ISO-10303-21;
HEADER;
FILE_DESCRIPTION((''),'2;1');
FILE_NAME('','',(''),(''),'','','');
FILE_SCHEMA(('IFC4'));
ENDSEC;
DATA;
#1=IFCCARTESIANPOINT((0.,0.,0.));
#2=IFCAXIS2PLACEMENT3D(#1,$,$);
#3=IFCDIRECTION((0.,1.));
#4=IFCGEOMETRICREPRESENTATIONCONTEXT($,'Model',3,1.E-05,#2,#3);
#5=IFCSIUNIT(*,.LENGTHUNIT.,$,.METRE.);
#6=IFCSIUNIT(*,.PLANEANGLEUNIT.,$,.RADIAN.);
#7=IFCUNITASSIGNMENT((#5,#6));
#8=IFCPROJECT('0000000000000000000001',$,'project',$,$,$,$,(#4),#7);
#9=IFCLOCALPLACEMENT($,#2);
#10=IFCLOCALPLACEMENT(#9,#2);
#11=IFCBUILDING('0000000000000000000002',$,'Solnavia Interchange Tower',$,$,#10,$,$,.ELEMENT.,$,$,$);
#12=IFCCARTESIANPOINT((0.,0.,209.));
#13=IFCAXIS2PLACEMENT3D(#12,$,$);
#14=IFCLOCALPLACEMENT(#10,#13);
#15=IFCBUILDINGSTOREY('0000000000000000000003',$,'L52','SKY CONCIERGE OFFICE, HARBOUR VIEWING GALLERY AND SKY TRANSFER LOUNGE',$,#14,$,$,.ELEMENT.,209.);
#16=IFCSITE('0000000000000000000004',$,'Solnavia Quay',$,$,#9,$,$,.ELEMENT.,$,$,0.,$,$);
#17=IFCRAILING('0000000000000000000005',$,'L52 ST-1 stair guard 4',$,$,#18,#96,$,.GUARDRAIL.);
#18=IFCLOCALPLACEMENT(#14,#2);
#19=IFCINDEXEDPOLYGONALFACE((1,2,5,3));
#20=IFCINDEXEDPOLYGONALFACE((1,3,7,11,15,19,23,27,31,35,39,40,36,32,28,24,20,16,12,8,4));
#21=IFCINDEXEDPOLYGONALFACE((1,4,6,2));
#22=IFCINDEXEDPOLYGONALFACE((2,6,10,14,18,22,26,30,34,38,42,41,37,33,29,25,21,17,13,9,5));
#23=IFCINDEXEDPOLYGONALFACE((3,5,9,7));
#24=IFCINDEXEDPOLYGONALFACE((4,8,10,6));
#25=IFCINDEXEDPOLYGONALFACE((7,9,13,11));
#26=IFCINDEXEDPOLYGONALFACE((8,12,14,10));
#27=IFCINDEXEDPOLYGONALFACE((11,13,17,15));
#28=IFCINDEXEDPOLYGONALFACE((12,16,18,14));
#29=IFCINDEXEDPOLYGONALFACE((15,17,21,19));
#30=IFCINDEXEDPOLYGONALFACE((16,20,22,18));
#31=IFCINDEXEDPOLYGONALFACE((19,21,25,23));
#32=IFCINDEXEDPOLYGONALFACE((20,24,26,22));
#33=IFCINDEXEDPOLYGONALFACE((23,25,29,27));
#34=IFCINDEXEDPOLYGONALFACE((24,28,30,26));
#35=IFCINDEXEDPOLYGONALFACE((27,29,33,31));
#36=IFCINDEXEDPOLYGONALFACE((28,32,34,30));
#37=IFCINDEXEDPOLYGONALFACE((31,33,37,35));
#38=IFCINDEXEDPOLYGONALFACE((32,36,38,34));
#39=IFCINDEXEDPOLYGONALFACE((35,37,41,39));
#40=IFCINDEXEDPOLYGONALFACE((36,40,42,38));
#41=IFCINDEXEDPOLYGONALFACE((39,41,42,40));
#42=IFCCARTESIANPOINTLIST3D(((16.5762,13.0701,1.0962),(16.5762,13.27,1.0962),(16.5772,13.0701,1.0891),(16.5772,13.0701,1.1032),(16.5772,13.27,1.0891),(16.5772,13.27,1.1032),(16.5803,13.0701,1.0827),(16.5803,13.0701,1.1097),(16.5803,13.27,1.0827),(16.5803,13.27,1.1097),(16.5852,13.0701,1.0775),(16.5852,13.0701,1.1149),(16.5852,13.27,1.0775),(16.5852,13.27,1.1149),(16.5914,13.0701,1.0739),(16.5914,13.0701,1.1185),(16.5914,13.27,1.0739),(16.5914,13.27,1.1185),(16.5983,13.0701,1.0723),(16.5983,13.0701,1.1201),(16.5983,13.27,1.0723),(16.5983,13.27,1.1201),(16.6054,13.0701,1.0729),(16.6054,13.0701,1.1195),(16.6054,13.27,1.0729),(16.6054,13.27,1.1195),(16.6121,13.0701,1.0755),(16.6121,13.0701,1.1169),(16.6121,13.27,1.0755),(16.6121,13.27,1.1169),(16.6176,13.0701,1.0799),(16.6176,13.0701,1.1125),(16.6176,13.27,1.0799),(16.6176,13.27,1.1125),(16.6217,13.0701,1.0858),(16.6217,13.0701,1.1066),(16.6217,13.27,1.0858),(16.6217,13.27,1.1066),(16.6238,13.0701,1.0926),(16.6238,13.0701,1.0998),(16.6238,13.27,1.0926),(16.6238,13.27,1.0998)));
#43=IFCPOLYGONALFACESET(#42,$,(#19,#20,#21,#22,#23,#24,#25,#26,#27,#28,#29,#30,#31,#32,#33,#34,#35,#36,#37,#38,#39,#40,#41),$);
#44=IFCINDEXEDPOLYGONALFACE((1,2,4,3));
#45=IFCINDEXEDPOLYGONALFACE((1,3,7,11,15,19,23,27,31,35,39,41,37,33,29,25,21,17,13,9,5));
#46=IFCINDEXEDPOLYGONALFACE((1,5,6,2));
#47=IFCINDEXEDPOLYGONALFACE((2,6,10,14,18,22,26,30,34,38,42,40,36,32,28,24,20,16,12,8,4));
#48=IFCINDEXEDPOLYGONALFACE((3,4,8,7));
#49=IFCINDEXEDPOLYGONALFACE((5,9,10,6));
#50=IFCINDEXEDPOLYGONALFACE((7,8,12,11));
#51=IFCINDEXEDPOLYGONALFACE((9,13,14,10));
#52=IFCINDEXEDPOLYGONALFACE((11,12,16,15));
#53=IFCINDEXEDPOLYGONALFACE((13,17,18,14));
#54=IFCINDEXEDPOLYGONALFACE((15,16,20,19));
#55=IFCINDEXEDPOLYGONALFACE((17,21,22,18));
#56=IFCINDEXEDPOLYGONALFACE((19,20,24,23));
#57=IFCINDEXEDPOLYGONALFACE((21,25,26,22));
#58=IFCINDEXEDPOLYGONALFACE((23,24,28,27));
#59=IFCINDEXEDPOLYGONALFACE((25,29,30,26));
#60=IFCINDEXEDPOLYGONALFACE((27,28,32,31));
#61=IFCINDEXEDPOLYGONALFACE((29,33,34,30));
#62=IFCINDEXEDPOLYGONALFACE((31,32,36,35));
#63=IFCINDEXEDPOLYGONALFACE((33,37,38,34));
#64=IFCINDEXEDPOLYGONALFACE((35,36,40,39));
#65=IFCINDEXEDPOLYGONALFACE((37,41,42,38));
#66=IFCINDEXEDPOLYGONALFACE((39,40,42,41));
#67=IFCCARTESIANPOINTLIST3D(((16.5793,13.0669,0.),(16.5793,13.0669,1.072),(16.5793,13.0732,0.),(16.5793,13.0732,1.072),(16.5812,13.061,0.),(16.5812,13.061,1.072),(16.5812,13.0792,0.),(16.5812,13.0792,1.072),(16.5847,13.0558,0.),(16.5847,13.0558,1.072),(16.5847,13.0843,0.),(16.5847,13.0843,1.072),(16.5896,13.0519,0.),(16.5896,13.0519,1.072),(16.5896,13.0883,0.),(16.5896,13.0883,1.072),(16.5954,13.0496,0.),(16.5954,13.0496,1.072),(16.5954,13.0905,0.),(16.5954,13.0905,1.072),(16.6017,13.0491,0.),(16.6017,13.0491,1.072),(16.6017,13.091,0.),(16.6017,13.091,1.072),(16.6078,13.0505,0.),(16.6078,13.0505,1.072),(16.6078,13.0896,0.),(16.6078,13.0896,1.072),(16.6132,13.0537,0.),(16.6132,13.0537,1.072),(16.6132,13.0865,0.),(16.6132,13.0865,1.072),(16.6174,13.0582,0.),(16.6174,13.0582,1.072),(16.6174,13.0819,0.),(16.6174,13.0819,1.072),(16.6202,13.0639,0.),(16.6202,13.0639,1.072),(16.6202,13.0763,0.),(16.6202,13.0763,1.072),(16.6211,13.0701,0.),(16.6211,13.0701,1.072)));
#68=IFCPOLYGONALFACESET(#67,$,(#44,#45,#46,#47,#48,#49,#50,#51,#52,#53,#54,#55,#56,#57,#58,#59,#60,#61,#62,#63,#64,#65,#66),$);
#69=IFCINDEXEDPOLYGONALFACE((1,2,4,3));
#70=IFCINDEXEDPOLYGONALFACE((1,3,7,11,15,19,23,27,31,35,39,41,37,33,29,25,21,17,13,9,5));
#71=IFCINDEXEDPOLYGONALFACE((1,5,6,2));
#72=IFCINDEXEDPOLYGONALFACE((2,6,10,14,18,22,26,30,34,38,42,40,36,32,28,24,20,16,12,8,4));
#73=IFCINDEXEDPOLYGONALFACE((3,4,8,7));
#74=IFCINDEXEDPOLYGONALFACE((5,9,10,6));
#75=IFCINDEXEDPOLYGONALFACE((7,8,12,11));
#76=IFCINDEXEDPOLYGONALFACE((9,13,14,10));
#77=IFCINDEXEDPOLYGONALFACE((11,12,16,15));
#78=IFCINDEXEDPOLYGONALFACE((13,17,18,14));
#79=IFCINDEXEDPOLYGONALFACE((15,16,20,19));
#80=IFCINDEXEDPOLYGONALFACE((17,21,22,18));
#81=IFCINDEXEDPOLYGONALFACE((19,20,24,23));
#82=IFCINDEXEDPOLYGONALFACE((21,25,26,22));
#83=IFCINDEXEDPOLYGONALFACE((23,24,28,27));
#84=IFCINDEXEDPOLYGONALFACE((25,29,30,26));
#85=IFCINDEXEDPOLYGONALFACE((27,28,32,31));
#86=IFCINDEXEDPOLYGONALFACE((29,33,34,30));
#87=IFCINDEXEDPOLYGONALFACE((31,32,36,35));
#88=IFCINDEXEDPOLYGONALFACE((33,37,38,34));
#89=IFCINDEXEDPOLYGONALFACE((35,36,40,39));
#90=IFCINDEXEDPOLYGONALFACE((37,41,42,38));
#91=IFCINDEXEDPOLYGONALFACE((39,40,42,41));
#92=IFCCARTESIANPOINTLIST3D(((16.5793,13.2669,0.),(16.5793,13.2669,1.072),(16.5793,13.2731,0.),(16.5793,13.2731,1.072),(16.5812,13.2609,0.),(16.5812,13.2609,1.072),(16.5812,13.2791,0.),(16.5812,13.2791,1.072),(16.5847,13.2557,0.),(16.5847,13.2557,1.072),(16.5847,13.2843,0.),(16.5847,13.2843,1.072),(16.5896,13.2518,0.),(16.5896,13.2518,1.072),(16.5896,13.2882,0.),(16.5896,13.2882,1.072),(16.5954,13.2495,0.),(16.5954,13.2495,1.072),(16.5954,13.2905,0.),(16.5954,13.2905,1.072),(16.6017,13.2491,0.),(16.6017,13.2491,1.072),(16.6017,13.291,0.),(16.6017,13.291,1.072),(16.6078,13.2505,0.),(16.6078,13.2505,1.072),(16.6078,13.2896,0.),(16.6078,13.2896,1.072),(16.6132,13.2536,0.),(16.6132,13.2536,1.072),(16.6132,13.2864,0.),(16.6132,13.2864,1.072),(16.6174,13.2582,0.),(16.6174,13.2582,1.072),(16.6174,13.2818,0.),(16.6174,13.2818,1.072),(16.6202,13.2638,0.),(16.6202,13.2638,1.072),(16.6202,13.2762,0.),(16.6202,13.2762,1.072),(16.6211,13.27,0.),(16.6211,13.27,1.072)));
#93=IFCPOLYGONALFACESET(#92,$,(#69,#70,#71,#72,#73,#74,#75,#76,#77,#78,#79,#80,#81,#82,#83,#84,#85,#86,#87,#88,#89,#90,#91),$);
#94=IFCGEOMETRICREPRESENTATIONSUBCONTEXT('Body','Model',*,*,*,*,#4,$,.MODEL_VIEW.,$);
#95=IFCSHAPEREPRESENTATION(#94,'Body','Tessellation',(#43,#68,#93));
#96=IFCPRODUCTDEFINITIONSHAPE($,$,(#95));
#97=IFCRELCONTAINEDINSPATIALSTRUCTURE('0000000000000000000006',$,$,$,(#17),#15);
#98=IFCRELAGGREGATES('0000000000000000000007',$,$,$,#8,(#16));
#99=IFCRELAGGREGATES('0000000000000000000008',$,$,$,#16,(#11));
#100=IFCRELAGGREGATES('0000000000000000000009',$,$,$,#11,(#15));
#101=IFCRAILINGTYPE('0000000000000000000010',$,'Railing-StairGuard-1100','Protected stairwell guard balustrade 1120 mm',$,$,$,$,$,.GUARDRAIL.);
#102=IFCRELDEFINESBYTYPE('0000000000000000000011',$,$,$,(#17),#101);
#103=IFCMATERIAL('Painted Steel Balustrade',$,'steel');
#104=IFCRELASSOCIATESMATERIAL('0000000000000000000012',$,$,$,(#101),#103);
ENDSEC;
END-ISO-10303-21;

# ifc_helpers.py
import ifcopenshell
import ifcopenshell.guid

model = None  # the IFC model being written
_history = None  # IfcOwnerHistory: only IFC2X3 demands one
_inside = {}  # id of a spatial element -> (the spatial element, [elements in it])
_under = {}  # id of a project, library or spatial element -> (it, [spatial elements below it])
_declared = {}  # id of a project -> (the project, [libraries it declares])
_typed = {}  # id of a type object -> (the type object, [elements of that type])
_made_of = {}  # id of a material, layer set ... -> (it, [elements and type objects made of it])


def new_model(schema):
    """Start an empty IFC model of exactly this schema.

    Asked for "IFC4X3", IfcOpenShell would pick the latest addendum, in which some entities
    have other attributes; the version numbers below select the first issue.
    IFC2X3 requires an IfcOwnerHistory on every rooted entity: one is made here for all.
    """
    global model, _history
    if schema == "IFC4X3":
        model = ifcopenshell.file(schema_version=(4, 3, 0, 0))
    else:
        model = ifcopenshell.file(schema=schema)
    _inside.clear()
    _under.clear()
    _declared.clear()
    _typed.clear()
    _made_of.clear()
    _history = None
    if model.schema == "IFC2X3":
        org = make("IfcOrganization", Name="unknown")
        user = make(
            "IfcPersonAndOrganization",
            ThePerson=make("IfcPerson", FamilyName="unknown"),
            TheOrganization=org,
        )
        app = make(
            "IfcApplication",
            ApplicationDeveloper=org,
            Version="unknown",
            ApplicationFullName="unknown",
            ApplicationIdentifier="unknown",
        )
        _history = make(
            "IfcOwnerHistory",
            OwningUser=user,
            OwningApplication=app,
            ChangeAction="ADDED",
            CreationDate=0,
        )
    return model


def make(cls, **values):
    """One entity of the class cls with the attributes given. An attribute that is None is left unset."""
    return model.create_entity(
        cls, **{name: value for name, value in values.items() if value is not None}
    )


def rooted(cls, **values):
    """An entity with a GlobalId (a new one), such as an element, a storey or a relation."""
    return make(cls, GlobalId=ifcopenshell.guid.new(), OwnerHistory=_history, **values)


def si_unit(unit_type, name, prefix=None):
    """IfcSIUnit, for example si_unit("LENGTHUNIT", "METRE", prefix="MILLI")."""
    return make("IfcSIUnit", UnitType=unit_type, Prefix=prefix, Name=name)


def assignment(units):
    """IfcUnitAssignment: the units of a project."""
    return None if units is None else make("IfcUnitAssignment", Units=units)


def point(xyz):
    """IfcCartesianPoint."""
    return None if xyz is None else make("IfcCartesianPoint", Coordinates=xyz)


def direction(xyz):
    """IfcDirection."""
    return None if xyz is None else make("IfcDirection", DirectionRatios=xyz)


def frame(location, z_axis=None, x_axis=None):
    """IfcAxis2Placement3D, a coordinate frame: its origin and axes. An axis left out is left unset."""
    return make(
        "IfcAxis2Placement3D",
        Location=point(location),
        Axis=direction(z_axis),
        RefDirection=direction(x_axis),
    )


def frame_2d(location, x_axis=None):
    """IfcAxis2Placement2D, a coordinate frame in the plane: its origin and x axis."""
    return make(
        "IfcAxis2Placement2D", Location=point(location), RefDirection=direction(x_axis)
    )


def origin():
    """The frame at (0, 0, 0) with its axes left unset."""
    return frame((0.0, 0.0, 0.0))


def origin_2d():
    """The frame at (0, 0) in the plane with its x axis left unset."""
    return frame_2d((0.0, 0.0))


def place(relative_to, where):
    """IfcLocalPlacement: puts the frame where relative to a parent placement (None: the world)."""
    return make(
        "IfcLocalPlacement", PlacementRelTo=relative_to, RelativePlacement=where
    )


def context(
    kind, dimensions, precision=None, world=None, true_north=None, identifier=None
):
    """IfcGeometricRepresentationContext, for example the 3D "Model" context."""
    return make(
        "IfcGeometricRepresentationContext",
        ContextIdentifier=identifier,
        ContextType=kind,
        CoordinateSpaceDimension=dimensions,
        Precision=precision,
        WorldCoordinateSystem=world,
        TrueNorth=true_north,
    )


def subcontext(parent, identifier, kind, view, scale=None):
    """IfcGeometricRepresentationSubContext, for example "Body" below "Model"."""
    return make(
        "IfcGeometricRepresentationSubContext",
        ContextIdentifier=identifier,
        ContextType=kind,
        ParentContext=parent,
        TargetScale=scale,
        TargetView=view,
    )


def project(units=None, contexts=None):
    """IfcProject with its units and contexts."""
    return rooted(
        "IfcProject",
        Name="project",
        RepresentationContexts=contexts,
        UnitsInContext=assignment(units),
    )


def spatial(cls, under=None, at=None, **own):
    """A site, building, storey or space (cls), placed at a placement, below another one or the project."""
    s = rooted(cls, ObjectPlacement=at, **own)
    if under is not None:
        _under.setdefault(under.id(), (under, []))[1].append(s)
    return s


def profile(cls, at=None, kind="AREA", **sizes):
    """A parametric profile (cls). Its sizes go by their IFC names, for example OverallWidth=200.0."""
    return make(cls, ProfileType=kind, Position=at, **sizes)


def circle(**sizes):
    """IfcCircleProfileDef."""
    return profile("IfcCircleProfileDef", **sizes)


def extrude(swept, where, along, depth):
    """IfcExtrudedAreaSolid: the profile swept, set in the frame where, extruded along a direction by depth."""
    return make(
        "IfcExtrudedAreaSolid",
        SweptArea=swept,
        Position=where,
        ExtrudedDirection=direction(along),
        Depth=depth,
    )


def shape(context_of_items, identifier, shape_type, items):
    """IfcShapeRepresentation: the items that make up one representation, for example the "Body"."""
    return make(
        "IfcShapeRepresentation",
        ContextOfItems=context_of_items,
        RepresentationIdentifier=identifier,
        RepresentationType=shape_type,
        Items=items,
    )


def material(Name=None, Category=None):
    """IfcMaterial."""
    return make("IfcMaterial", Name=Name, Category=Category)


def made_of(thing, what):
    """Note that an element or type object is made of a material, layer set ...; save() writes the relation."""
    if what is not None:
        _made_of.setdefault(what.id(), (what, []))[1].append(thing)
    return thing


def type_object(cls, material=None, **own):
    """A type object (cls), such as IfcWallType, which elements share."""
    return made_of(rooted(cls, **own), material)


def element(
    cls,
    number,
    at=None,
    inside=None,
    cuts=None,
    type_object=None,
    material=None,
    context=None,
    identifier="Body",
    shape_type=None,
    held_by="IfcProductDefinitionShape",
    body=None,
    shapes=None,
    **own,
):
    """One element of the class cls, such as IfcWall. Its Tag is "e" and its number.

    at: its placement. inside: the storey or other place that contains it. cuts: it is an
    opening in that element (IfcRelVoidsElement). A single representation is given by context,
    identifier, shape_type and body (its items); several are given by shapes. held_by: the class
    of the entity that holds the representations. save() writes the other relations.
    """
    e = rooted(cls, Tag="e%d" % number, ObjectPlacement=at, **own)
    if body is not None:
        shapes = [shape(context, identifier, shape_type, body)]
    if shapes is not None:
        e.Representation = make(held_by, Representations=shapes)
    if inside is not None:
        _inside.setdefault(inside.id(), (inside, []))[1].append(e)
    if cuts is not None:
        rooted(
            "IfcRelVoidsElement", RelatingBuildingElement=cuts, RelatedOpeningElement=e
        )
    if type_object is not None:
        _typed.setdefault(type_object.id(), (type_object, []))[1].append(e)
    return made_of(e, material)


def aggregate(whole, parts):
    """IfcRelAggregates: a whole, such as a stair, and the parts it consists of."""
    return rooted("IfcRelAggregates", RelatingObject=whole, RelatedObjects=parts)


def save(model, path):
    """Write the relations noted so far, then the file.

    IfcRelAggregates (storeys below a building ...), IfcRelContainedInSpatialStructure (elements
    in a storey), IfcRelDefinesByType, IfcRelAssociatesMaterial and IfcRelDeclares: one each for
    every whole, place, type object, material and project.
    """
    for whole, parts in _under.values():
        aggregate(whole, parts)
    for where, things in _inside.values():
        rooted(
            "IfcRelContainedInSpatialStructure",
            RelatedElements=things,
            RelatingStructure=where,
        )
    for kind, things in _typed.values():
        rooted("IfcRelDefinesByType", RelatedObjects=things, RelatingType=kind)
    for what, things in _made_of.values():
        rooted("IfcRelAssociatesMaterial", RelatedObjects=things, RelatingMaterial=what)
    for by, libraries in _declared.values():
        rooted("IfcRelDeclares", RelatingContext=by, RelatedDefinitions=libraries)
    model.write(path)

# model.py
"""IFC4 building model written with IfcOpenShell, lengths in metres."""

from ifc_helpers import new_model, si_unit, direction, frame, origin, origin_2d, place, context, subcontext, project, spatial, circle, extrude, material, type_object, element, save


model = new_model("IFC4")

# Units and contexts
model_context = context("Model", 3, precision=1e-05, world=origin(), true_north=direction((0.0, 1.0)))
body_context = subcontext(model_context, "Body", "Model", "MODEL_VIEW")
ifc_project = project(units=[si_unit("LENGTHUNIT", "METRE"), si_unit("PLANEANGLEUNIT", "RADIAN")], contexts=[model_context])

# Site, building, storey
site_placement = place(None, origin())
site = spatial("IfcSite", under=ifc_project, at=site_placement, Name="Solnavia Quay", CompositionType="ELEMENT", RefElevation=0.0)
building_placement = place(site_placement, origin())
building = spatial("IfcBuilding", under=site, at=building_placement, Name="Solnavia Interchange Tower", CompositionType="ELEMENT")
storey_placement = place(building_placement, frame((0.0, 0.0, 209.0)))
storey = spatial("IfcBuildingStorey", under=building, at=storey_placement, Name="L52", Description="SKY CONCIERGE OFFICE, HARBOUR VIEWING GALLERY AND SKY TRANSFER LOUNGE", CompositionType="ELEMENT", Elevation=209.0)

# Railing
ifc_material_1 = material(Name="Painted Steel Balustrade", Category="steel")
railing_type_1 = type_object("IfcRailingType", Name="Railing-StairGuard-1100", Description="Protected stairwell guard balustrade 1120 mm", PredefinedType="GUARDRAIL", material=ifc_material_1)
railing_1_placement = place(storey_placement, frame((16.6001, 13.0701, 0.0)))
element("IfcRailing", 1, at=railing_1_placement, inside=storey, type_object=railing_type_1, Name="L52 ST-1 stair guard 4", PredefinedType="GUARDRAIL", context=body_context, shape_type="SweptSolid", body=[
    extrude(circle(Radius=0.0239, at=origin_2d()), frame((0.0, 0.0, 1.0962), z_axis=(0.0, 1.0, 0.0), x_axis=(-1.0, 0.0, 0.0)), (0.0, 0.0, 1.0), 0.2),
    extrude(circle(Radius=0.021, at=origin_2d()), origin(), (0.0, 0.0, 1.0), 1.072),
    extrude(circle(Radius=0.021, at=origin_2d()), frame((0.0, 0.2, 0.0)), (0.0, 0.0, 1.0), 1.072),
])

save(model, "model.ifc")
